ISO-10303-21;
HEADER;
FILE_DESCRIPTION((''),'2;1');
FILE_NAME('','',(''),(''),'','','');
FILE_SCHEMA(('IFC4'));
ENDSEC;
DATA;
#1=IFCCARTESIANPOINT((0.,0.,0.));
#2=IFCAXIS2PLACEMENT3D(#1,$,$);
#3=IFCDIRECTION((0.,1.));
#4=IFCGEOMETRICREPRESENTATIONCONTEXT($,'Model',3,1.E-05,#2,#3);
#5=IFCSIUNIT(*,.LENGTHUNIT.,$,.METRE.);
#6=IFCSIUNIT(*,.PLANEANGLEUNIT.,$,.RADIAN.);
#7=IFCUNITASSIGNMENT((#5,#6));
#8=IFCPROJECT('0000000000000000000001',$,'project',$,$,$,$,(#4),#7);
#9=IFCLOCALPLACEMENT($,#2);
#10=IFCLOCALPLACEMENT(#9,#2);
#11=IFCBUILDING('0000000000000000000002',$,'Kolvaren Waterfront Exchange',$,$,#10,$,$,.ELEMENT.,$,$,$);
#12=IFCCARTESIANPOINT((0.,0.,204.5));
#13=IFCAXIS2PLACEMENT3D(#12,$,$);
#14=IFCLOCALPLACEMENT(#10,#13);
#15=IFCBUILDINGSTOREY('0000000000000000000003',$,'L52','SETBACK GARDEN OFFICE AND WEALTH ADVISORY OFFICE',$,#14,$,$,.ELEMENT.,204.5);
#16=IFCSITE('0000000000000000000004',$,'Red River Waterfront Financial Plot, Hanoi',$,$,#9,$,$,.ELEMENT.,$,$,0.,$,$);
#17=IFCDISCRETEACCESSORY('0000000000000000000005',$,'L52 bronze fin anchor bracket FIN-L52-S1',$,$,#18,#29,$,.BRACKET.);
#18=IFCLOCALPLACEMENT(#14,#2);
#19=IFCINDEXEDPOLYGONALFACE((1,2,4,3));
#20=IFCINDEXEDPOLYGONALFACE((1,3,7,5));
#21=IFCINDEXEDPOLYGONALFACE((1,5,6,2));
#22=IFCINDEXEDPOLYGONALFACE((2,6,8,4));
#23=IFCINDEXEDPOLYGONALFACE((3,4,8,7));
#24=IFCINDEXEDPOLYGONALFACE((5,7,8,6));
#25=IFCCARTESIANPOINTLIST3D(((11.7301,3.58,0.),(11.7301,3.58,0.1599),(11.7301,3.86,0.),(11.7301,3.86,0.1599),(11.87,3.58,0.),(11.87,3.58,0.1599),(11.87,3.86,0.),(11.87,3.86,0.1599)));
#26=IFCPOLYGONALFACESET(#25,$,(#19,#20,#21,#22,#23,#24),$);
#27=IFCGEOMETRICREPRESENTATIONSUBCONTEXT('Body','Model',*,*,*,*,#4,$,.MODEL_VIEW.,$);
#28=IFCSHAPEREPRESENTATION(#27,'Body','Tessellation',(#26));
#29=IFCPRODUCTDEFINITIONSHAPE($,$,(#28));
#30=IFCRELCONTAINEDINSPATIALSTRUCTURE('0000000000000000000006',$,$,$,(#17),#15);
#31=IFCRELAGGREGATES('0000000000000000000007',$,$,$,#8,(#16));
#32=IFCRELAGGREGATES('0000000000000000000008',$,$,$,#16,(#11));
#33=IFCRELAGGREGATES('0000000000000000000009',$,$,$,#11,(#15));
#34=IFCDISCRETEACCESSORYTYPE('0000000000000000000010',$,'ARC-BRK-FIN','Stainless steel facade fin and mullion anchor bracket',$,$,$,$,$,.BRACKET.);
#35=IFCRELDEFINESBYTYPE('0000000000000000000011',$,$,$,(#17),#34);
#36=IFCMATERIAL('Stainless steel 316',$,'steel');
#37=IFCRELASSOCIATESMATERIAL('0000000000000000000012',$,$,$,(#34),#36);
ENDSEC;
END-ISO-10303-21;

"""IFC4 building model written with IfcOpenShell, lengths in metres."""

from ifc_helpers import new_model, si_unit, direction, frame, origin, origin_with_axes, origin_2d, place, context, subcontext, project, spatial, rectangle, extrude, source, transform, mapped, material, type_object, element, save


model = new_model("IFC4")

# Units and contexts
model_context = context("Model", 3, precision=1e-05, world=origin(), true_north=direction((0.0, 1.0)))
body_context = subcontext(model_context, "Body", "Model", "MODEL_VIEW")
ifc_project = project(units=[si_unit("LENGTHUNIT", "METRE"), si_unit("PLANEANGLEUNIT", "RADIAN")], contexts=[model_context])

# Site, building, storey
site_placement = place(None, origin())
site = spatial("IfcSite", under=ifc_project, at=site_placement, Name="Red River Waterfront Financial Plot, Hanoi", CompositionType="ELEMENT", RefElevation=0.0)
building_placement = place(site_placement, origin())
building = spatial("IfcBuilding", under=site, at=building_placement, Name="Kolvaren Waterfront Exchange", CompositionType="ELEMENT")
storey_placement = place(building_placement, frame((0.0, 0.0, 204.5)))
storey = spatial("IfcBuildingStorey", under=building, at=storey_placement, Name="L52", Description="SETBACK GARDEN OFFICE AND WEALTH ADVISORY OFFICE", CompositionType="ELEMENT", Elevation=204.5)

# Discrete accessory
ifc_material_1 = material(Name="Stainless steel 316", Category="steel")
discrete_accessory_type = type_object("IfcDiscreteAccessoryType", Name="ARC-BRK-FIN", Description="Stainless steel facade fin and mullion anchor bracket", PredefinedType="BRACKET", material=ifc_material_1)
shared_shape_1 = source(origin_with_axes(), body_context, "Body", "SweptSolid", [
    extrude(rectangle(XDim=0.28, YDim=0.1399, at=origin_2d()), origin(), (0.0, 0.0, 1.0), 0.1599),
])
discrete_accessory_placement = place(storey_placement, frame((11.8, 3.72, 0.0), z_axis=(0.0, 0.0, 1.0), x_axis=(0.0, -1.0, 0.0)))
element("IfcDiscreteAccessory", 1, at=discrete_accessory_placement, inside=storey, type_object=discrete_accessory_type, Name="L52 bronze fin anchor bracket FIN-L52-S1", PredefinedType="BRACKET", context=body_context, shape_type="MappedRepresentation", body=[
    mapped(shared_shape_1, transform((0.0, 0.0, 0.0), x_axis=(1.0, 0.0, 0.0), y_axis=(0.0, 1.0, 0.0), z_axis=(0.0, 0.0, 1.0), scale=1.0)),
])

save(model, "model.ifc")
